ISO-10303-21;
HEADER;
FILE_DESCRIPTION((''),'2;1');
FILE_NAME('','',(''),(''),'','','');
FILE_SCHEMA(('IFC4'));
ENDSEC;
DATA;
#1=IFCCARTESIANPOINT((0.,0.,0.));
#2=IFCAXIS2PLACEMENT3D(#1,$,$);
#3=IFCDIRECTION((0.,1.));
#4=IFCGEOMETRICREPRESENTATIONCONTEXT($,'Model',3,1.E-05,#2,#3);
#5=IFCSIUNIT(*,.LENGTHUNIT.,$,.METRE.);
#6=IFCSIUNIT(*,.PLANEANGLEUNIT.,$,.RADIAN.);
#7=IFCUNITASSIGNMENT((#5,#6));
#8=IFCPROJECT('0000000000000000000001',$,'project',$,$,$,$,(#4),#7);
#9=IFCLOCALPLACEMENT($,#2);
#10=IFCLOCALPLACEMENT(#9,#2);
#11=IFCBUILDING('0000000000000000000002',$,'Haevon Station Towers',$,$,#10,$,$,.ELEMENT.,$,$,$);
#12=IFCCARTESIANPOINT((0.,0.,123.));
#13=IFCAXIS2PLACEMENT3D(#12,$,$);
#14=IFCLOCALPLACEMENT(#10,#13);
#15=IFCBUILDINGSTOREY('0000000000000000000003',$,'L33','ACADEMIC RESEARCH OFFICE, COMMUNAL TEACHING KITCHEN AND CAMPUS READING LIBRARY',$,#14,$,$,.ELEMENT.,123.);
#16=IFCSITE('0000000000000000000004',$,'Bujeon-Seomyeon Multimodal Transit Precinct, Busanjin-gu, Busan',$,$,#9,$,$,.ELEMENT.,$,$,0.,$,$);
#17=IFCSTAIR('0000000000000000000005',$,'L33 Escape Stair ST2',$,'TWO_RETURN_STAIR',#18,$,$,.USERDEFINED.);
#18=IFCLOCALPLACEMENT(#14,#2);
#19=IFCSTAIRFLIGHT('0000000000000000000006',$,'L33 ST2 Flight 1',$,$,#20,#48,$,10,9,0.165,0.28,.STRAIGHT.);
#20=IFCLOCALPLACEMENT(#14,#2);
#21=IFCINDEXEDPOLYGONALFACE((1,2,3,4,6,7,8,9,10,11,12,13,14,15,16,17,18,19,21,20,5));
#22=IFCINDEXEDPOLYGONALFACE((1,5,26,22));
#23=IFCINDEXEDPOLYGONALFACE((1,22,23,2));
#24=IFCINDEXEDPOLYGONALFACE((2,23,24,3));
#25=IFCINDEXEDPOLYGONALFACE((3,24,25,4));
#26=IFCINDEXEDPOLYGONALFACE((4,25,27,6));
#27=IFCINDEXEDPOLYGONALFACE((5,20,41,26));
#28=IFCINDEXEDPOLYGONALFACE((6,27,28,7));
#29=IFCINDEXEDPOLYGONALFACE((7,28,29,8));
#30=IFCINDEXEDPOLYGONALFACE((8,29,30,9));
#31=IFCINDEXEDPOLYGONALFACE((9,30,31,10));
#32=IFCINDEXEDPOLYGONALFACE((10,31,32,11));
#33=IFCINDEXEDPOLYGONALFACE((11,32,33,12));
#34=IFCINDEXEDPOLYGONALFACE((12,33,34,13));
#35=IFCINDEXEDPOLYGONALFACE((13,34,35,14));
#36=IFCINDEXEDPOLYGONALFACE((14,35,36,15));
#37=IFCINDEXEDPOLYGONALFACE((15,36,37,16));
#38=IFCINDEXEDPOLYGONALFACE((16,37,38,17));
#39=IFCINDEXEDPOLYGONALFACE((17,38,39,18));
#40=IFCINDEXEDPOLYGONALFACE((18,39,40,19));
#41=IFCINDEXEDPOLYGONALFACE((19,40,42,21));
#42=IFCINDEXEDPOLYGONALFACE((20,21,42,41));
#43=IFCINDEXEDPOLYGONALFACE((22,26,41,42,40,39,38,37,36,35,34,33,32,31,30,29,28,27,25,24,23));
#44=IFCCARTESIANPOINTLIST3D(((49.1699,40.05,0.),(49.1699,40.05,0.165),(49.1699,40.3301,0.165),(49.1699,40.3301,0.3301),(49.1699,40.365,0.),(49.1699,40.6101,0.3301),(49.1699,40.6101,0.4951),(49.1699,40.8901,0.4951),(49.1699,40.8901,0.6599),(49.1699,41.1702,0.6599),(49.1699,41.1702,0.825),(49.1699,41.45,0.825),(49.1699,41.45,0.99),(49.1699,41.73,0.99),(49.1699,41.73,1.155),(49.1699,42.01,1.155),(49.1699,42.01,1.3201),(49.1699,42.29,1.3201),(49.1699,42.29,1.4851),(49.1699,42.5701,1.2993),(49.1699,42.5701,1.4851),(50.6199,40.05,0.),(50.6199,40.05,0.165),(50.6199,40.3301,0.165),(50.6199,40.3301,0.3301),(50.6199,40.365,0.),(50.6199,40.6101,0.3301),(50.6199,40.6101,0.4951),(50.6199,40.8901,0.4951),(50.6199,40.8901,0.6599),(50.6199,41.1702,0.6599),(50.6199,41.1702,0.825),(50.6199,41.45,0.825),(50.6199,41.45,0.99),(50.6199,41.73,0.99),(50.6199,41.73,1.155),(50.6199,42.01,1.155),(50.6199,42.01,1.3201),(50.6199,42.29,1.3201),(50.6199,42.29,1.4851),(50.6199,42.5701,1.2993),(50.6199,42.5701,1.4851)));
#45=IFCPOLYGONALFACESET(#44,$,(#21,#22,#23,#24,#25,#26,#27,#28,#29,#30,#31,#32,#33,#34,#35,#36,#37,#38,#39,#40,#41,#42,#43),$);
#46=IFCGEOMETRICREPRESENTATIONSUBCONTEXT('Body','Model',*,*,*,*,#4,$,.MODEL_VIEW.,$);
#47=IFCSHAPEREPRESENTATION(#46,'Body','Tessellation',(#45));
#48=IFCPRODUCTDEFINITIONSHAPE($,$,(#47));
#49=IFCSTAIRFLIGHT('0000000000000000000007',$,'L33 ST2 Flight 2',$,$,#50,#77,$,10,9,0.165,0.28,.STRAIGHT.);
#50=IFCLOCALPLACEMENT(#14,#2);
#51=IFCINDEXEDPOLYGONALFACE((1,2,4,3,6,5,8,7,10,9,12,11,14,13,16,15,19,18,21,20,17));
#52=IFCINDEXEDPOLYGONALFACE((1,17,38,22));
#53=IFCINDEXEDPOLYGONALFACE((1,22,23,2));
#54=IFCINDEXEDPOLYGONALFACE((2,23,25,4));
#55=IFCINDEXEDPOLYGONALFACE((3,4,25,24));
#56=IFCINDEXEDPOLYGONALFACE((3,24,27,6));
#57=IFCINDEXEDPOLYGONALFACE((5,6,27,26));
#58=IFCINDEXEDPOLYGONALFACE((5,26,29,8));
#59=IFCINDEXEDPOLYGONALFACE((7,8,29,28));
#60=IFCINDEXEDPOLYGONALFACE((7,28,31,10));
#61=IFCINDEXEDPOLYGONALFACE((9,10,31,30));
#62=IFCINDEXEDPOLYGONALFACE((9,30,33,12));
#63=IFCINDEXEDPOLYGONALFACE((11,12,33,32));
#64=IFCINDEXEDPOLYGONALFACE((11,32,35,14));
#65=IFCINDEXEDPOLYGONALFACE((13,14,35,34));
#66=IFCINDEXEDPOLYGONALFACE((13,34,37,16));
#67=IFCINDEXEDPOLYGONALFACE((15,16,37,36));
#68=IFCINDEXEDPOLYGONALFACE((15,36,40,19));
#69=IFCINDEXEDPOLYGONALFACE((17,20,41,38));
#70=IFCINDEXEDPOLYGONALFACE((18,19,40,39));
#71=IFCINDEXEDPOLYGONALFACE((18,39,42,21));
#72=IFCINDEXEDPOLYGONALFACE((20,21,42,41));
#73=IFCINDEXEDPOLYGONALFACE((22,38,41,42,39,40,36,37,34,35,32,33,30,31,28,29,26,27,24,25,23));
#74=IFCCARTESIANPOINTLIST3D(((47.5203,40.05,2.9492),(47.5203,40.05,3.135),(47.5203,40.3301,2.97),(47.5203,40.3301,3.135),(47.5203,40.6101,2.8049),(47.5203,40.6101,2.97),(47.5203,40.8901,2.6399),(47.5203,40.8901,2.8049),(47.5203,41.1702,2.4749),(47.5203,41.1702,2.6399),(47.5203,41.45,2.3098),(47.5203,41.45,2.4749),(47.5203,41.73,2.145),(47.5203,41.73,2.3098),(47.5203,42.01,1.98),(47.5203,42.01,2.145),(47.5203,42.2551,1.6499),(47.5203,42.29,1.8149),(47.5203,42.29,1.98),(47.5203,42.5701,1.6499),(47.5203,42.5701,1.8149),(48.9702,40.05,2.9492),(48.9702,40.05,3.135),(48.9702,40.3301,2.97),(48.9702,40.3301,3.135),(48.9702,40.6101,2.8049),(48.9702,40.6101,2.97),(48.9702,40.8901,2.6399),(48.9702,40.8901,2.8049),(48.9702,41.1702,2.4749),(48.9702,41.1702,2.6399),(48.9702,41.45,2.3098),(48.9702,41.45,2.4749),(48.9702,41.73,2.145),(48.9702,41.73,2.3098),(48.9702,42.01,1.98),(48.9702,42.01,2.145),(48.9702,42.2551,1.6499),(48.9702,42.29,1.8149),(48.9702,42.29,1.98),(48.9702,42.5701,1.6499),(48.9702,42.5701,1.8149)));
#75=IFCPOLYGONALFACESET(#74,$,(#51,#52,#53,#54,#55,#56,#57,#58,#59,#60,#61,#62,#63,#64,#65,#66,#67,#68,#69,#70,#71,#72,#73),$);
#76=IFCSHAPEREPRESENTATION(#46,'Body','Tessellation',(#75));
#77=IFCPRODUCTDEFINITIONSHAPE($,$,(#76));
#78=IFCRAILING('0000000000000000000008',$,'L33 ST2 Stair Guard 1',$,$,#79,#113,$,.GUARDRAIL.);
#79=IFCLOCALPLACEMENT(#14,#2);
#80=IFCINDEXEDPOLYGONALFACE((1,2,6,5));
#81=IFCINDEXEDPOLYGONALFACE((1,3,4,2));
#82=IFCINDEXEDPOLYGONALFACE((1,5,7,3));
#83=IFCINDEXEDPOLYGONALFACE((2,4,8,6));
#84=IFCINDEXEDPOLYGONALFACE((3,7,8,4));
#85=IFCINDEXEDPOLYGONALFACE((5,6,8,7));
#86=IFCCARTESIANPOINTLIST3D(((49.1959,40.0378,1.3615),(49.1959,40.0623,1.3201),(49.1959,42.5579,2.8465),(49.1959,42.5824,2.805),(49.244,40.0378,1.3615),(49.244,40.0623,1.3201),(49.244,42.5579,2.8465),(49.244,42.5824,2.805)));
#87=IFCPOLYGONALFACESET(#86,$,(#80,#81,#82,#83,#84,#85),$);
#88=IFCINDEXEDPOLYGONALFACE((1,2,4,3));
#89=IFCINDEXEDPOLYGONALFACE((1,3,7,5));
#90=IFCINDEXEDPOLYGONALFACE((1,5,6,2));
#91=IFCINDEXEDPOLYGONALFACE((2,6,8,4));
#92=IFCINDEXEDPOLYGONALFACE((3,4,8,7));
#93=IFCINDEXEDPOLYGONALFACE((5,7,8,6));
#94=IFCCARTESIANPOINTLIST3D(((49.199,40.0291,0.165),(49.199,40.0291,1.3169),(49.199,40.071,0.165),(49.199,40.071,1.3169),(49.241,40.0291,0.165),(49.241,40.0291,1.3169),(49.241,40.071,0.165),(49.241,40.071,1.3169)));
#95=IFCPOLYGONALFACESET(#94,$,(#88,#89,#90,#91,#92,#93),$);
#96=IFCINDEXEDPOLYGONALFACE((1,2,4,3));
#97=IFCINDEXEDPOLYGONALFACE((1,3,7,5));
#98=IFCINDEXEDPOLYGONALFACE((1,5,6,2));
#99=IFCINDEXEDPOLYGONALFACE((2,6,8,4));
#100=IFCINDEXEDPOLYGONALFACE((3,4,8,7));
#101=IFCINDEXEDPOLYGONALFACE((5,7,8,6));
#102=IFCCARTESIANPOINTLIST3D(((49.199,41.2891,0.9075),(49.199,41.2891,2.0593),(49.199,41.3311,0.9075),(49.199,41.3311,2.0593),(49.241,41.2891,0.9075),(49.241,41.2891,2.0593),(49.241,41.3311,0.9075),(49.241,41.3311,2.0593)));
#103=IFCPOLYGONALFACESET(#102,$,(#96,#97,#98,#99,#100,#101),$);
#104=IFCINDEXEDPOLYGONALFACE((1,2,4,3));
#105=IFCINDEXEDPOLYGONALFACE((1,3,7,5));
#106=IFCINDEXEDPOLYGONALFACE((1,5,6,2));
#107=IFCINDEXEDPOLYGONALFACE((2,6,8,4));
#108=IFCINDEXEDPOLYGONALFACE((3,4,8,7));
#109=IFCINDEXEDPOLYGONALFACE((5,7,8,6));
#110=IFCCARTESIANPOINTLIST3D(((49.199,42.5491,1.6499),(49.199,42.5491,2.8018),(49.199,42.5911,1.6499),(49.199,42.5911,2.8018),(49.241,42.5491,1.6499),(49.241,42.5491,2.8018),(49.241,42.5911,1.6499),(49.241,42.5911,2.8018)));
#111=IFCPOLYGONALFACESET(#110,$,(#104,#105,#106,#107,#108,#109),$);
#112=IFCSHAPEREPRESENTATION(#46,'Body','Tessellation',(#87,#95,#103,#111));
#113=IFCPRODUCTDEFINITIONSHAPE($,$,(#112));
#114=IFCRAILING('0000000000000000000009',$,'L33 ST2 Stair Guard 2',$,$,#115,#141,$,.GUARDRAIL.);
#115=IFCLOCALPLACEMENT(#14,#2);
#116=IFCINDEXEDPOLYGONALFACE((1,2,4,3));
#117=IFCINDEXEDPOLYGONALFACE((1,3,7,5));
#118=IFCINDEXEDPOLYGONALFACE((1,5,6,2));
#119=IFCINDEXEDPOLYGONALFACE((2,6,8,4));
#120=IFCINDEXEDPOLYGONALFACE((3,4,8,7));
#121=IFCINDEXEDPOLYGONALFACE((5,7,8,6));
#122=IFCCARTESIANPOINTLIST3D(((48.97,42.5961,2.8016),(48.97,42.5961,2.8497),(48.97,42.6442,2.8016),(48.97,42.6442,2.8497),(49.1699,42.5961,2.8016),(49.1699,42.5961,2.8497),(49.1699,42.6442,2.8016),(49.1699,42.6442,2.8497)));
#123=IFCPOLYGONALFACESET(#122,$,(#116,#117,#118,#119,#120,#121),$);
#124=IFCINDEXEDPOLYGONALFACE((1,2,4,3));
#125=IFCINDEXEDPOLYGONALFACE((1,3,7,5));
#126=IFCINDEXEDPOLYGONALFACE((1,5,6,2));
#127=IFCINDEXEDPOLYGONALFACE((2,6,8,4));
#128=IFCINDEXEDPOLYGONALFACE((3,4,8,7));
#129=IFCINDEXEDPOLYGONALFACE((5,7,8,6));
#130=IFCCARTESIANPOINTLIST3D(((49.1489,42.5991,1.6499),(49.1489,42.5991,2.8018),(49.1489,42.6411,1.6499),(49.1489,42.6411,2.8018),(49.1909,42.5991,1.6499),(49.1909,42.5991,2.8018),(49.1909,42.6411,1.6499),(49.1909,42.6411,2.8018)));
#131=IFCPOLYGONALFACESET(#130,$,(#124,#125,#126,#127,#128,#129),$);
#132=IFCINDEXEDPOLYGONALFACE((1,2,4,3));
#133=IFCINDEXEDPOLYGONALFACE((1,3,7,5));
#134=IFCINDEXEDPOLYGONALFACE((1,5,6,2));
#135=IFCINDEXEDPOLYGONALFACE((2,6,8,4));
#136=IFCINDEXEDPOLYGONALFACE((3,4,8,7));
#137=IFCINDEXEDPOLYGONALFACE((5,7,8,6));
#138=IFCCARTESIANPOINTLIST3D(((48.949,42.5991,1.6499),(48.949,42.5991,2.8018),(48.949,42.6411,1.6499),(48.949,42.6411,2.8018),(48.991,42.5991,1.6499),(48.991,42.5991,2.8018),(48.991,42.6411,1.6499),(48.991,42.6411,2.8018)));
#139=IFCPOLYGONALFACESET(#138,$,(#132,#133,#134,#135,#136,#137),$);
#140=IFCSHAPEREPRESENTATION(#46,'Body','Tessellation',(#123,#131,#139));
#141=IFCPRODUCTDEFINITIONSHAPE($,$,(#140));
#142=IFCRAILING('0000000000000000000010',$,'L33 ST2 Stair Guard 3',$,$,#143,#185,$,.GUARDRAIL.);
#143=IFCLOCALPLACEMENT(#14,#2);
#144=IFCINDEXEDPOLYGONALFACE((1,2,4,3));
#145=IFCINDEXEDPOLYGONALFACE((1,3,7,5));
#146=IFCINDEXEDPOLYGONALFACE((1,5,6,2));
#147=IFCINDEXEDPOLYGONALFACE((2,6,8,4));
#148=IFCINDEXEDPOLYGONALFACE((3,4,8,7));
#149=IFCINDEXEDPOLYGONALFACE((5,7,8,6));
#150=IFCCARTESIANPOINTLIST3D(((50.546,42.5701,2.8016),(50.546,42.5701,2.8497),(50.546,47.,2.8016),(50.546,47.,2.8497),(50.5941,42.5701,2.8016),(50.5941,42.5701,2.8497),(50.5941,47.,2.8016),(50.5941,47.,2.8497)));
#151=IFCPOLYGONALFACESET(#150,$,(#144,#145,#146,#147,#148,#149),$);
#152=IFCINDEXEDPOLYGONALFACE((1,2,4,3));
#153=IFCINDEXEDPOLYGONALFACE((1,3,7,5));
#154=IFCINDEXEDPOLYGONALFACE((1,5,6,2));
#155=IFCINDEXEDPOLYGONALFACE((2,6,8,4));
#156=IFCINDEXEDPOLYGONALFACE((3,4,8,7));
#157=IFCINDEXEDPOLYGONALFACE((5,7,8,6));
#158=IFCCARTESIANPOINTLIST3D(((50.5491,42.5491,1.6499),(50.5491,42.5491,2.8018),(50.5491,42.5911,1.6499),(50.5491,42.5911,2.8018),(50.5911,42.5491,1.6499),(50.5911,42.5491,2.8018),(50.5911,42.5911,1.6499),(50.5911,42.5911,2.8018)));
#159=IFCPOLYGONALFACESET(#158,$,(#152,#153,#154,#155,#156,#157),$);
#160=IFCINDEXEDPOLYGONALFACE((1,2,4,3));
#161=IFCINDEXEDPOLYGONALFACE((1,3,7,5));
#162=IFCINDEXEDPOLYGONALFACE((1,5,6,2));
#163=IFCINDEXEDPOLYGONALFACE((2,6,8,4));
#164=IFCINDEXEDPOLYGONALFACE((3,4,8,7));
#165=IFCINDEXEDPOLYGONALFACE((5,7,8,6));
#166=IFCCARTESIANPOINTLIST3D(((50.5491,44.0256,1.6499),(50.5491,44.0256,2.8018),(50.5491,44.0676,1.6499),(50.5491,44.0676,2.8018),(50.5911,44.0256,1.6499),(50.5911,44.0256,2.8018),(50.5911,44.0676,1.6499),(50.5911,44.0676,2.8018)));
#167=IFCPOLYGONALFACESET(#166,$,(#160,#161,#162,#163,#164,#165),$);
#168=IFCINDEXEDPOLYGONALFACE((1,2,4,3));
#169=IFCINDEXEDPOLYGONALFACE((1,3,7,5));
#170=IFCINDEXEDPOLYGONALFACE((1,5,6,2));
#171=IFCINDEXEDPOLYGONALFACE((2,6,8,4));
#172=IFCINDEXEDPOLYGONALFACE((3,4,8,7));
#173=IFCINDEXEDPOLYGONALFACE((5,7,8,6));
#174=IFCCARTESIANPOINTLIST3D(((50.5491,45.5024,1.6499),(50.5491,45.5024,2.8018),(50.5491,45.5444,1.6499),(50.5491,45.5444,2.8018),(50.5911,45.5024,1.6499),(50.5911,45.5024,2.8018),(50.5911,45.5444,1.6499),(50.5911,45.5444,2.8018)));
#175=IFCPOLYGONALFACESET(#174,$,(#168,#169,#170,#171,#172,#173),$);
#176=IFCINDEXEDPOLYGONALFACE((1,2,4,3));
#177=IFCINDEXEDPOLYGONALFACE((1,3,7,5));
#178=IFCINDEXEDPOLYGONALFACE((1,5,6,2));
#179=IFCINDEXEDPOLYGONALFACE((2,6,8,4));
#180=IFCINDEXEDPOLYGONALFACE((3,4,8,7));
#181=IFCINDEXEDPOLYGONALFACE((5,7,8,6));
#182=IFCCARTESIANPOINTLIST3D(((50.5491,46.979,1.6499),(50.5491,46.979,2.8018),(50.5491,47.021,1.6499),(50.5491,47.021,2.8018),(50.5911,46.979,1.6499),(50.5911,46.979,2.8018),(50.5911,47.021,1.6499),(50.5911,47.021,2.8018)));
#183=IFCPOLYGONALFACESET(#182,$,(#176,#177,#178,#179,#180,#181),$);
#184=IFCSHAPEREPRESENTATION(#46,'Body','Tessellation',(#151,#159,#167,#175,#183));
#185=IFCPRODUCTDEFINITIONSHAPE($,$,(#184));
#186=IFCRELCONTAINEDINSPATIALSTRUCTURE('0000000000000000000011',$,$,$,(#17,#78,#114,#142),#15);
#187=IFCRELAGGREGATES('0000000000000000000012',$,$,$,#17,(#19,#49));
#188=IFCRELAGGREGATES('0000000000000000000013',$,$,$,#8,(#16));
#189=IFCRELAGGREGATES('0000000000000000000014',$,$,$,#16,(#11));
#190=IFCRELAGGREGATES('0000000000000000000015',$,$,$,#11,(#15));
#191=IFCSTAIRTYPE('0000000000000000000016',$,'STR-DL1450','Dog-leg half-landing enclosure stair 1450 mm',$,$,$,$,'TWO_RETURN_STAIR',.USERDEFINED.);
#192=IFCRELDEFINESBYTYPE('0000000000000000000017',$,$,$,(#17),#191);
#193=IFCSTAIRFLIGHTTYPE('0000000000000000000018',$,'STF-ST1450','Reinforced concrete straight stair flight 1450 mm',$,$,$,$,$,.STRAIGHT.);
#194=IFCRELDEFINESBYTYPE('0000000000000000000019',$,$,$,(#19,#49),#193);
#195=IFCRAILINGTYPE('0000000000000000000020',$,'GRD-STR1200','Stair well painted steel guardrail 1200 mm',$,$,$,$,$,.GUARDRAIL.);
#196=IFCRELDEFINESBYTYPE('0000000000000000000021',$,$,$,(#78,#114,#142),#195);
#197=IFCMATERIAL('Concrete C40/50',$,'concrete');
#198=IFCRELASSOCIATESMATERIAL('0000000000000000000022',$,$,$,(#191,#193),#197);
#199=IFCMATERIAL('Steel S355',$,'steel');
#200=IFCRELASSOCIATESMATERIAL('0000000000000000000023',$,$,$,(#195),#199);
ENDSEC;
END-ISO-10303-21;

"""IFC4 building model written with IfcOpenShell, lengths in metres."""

from ifc_helpers import new_model, si_unit, direction, frame, origin, origin_2d, place, context, subcontext, project, spatial, polyline, rectangle, outline, extrude, material, type_object, element, aggregate, save


model = new_model("IFC4")

# Units and contexts
model_context = context("Model", 3, precision=1e-05, world=origin(), true_north=direction((0.0, 1.0)))
body_context = subcontext(model_context, "Body", "Model", "MODEL_VIEW")
ifc_project = project(units=[si_unit("LENGTHUNIT", "METRE"), si_unit("PLANEANGLEUNIT", "RADIAN")], contexts=[model_context])

# Site, building, storey
site_placement = place(None, origin())
site = spatial("IfcSite", under=ifc_project, at=site_placement, Name="Bujeon-Seomyeon Multimodal Transit Precinct, Busanjin-gu, Busan", CompositionType="ELEMENT", RefElevation=0.0)
building_placement = place(site_placement, origin())
building = spatial("IfcBuilding", under=site, at=building_placement, Name="Haevon Station Towers", CompositionType="ELEMENT")
storey_placement = place(building_placement, frame((0.0, 0.0, 123.0)))
storey = spatial("IfcBuildingStorey", under=building, at=storey_placement, Name="L33", Description="ACADEMIC RESEARCH OFFICE, COMMUNAL TEACHING KITCHEN AND CAMPUS READING LIBRARY", CompositionType="ELEMENT", Elevation=123.0)

# Shared definitions
ifc_material_1 = material(Name="Steel S355", Category="steel")

# Shared definitions
ifc_material_2 = material(Name="Concrete C40/50", Category="concrete")

# Stair, stair flights
stair_type = type_object("IfcStairType", Name="STR-DL1450", Description="Dog-leg half-landing enclosure stair 1450 mm", ElementType="TWO_RETURN_STAIR", PredefinedType="USERDEFINED", material=ifc_material_2)
stair_placement = place(storey_placement, origin())
stair = element("IfcStair", 1, at=stair_placement, inside=storey, type_object=stair_type, Name="L33 Escape Stair ST2", ObjectType="TWO_RETURN_STAIR", PredefinedType="USERDEFINED")
stair_flight_type = type_object("IfcStairFlightType", Name="STF-ST1450", Description="Reinforced concrete straight stair flight 1450 mm", PredefinedType="STRAIGHT", material=ifc_material_2)
stair_flight_1_placement = place(storey_placement, frame((49.895, 40.05, 0.0), z_axis=(0.0, 0.0, 1.0), x_axis=(0.0, 1.0, 0.0)))
stair_flight_1 = element("IfcStairFlight", 2, at=stair_flight_1_placement, type_object=stair_flight_type, Name="L33 ST2 Flight 1", NumberOfRisers=10, NumberOfTreads=9, PredefinedType="STRAIGHT", RiserHeight=0.165, TreadLength=0.28, context=body_context, shape_type="SweptSolid", body=[
    extrude(outline(polyline([(0.0, 0.0), (0.0, 0.165), (0.28, 0.165), (0.28, 0.3301), (0.5601, 0.3301), (0.5601, 0.4951), (0.8401, 0.4951), (0.8401, 0.6599), (1.1201, 0.6599), (1.1201, 0.825), (1.3999, 0.825), (1.3999, 0.99), (1.6799, 0.99), (1.6799, 1.155), (1.96, 1.155), (1.96, 1.3201), (2.24, 1.3201), (2.24, 1.4851), (2.52, 1.4851), (2.52, 1.6499), (2.52, 1.2993), (0.3149, 0.0), (0.0, 0.0)])), frame((0.0, 0.7251, 0.0), z_axis=(0.0, -1.0, 0.0), x_axis=(1.0, 0.0, 0.0)), (0.0, 0.0, 1.0), 1.45),
])
stair_flight_2_placement = place(storey_placement, frame((48.2451, 42.5701, 1.6499), z_axis=(0.0, 0.0, 1.0), x_axis=(0.0, -1.0, 0.0)))
stair_flight_2 = element("IfcStairFlight", 3, at=stair_flight_2_placement, type_object=stair_flight_type, Name="L33 ST2 Flight 2", NumberOfRisers=10, NumberOfTreads=9, PredefinedType="STRAIGHT", RiserHeight=0.165, TreadLength=0.28, context=body_context, shape_type="SweptSolid", body=[
    extrude(outline(polyline([(0.0, 0.0), (0.0, 0.165), (0.28, 0.165), (0.28, 0.3301), (0.5601, 0.3301), (0.5601, 0.4951), (0.8401, 0.4951), (0.8401, 0.6599), (1.1201, 0.6599), (1.1201, 0.825), (1.3999, 0.825), (1.3999, 0.99), (1.6799, 0.99), (1.6799, 1.155), (1.96, 1.155), (1.96, 1.3201), (2.24, 1.3201), (2.24, 1.4851), (2.52, 1.4851), (2.52, 1.6499), (2.52, 1.2993), (0.3149, 0.0), (0.0, 0.0)])), frame((0.0, 0.7251, 0.0), z_axis=(0.0, -1.0, 0.0), x_axis=(1.0, 0.0, 0.0)), (0.0, 0.0, 1.0), 1.45),
])
aggregate(stair, [stair_flight_1, stair_flight_2])

# Railings
railing_type_1 = type_object("IfcRailingType", Name="GRD-STR1200", Description="Stair well painted steel guardrail 1200 mm", PredefinedType="GUARDRAIL", material=ifc_material_1)
railing_1_placement = place(storey_placement, frame((49.22, 40.05, 0.165)))
element("IfcRailing", 4, at=railing_1_placement, inside=storey, type_object=railing_type_1, Name="L33 ST2 Stair Guard 1", PredefinedType="GUARDRAIL", context=body_context, shape_type="SweptSolid", body=[
    extrude(rectangle(XDim=0.0481, YDim=0.0481, at=origin_2d()), frame((0.0, 0.0, 1.1758), z_axis=(0.0, 0.861561, 0.507655), x_axis=(-1.0, 0.0, 0.0)), (0.0, 0.0, 1.0), 2.925),
    extrude(rectangle(XDim=0.042, YDim=0.042, at=origin_2d()), origin(), (0.0, 0.0, 1.0), 1.1519),
    extrude(rectangle(XDim=0.042, YDim=0.042, at=origin_2d()), frame((0.0, 1.26, 0.7424)), (0.0, 0.0, 1.0), 1.1519),
    extrude(rectangle(XDim=0.042, YDim=0.042, at=origin_2d()), frame((0.0, 2.52, 1.4849)), (0.0, 0.0, 1.0), 1.1519),
])
railing_2_placement = place(storey_placement, frame((49.1699, 42.6201, 1.6499)))
element("IfcRailing", 5, at=railing_2_placement, inside=storey, type_object=railing_type_1, Name="L33 ST2 Stair Guard 2", PredefinedType="GUARDRAIL", context=body_context, shape_type="SweptSolid", body=[
    extrude(rectangle(XDim=0.0481, YDim=0.0481, at=origin_2d()), frame((0.0, 0.0, 1.1758), z_axis=(-1.0, 0.0, 0.0), x_axis=(0.0, -1.0, 0.0)), (0.0, 0.0, 1.0), 0.2),
    extrude(rectangle(XDim=0.042, YDim=0.042, at=origin_2d()), origin(), (0.0, 0.0, 1.0), 1.1519),
    extrude(rectangle(XDim=0.042, YDim=0.042, at=origin_2d()), frame((-0.2, 0.0, 0.0)), (0.0, 0.0, 1.0), 1.1519),
])
for number, where, name in (
    (6, (50.5701, 42.5701, 1.6499), "L33 ST2 Stair Guard 3"),
):
    element("IfcRailing", number, at=place(storey_placement, frame(where)), inside=storey, type_object=railing_type_1, Name=name, PredefinedType="GUARDRAIL", context=body_context, shape_type="SweptSolid", body=[
        extrude(rectangle(XDim=0.0481, YDim=0.0481, at=origin_2d()), frame((0.0, 0.0, 1.1758), z_axis=(0.0, 1.0, 0.0), x_axis=(-1.0, 0.0, 0.0)), (0.0, 0.0, 1.0), 4.4299),
        extrude(rectangle(XDim=0.042, YDim=0.042, at=origin_2d()), origin(), (0.0, 0.0, 1.0), 1.1519),
        extrude(rectangle(XDim=0.042, YDim=0.042, at=origin_2d()), frame((0.0, 1.4766, 0.0)), (0.0, 0.0, 1.0), 1.1519),
        extrude(rectangle(XDim=0.042, YDim=0.042, at=origin_2d()), frame((0.0, 2.9534, 0.0)), (0.0, 0.0, 1.0), 1.1519),
        extrude(rectangle(XDim=0.042, YDim=0.042, at=origin_2d()), frame((0.0, 4.4299, 0.0)), (0.0, 0.0, 1.0), 1.1519),
    ])

save(model, "model.ifc")
